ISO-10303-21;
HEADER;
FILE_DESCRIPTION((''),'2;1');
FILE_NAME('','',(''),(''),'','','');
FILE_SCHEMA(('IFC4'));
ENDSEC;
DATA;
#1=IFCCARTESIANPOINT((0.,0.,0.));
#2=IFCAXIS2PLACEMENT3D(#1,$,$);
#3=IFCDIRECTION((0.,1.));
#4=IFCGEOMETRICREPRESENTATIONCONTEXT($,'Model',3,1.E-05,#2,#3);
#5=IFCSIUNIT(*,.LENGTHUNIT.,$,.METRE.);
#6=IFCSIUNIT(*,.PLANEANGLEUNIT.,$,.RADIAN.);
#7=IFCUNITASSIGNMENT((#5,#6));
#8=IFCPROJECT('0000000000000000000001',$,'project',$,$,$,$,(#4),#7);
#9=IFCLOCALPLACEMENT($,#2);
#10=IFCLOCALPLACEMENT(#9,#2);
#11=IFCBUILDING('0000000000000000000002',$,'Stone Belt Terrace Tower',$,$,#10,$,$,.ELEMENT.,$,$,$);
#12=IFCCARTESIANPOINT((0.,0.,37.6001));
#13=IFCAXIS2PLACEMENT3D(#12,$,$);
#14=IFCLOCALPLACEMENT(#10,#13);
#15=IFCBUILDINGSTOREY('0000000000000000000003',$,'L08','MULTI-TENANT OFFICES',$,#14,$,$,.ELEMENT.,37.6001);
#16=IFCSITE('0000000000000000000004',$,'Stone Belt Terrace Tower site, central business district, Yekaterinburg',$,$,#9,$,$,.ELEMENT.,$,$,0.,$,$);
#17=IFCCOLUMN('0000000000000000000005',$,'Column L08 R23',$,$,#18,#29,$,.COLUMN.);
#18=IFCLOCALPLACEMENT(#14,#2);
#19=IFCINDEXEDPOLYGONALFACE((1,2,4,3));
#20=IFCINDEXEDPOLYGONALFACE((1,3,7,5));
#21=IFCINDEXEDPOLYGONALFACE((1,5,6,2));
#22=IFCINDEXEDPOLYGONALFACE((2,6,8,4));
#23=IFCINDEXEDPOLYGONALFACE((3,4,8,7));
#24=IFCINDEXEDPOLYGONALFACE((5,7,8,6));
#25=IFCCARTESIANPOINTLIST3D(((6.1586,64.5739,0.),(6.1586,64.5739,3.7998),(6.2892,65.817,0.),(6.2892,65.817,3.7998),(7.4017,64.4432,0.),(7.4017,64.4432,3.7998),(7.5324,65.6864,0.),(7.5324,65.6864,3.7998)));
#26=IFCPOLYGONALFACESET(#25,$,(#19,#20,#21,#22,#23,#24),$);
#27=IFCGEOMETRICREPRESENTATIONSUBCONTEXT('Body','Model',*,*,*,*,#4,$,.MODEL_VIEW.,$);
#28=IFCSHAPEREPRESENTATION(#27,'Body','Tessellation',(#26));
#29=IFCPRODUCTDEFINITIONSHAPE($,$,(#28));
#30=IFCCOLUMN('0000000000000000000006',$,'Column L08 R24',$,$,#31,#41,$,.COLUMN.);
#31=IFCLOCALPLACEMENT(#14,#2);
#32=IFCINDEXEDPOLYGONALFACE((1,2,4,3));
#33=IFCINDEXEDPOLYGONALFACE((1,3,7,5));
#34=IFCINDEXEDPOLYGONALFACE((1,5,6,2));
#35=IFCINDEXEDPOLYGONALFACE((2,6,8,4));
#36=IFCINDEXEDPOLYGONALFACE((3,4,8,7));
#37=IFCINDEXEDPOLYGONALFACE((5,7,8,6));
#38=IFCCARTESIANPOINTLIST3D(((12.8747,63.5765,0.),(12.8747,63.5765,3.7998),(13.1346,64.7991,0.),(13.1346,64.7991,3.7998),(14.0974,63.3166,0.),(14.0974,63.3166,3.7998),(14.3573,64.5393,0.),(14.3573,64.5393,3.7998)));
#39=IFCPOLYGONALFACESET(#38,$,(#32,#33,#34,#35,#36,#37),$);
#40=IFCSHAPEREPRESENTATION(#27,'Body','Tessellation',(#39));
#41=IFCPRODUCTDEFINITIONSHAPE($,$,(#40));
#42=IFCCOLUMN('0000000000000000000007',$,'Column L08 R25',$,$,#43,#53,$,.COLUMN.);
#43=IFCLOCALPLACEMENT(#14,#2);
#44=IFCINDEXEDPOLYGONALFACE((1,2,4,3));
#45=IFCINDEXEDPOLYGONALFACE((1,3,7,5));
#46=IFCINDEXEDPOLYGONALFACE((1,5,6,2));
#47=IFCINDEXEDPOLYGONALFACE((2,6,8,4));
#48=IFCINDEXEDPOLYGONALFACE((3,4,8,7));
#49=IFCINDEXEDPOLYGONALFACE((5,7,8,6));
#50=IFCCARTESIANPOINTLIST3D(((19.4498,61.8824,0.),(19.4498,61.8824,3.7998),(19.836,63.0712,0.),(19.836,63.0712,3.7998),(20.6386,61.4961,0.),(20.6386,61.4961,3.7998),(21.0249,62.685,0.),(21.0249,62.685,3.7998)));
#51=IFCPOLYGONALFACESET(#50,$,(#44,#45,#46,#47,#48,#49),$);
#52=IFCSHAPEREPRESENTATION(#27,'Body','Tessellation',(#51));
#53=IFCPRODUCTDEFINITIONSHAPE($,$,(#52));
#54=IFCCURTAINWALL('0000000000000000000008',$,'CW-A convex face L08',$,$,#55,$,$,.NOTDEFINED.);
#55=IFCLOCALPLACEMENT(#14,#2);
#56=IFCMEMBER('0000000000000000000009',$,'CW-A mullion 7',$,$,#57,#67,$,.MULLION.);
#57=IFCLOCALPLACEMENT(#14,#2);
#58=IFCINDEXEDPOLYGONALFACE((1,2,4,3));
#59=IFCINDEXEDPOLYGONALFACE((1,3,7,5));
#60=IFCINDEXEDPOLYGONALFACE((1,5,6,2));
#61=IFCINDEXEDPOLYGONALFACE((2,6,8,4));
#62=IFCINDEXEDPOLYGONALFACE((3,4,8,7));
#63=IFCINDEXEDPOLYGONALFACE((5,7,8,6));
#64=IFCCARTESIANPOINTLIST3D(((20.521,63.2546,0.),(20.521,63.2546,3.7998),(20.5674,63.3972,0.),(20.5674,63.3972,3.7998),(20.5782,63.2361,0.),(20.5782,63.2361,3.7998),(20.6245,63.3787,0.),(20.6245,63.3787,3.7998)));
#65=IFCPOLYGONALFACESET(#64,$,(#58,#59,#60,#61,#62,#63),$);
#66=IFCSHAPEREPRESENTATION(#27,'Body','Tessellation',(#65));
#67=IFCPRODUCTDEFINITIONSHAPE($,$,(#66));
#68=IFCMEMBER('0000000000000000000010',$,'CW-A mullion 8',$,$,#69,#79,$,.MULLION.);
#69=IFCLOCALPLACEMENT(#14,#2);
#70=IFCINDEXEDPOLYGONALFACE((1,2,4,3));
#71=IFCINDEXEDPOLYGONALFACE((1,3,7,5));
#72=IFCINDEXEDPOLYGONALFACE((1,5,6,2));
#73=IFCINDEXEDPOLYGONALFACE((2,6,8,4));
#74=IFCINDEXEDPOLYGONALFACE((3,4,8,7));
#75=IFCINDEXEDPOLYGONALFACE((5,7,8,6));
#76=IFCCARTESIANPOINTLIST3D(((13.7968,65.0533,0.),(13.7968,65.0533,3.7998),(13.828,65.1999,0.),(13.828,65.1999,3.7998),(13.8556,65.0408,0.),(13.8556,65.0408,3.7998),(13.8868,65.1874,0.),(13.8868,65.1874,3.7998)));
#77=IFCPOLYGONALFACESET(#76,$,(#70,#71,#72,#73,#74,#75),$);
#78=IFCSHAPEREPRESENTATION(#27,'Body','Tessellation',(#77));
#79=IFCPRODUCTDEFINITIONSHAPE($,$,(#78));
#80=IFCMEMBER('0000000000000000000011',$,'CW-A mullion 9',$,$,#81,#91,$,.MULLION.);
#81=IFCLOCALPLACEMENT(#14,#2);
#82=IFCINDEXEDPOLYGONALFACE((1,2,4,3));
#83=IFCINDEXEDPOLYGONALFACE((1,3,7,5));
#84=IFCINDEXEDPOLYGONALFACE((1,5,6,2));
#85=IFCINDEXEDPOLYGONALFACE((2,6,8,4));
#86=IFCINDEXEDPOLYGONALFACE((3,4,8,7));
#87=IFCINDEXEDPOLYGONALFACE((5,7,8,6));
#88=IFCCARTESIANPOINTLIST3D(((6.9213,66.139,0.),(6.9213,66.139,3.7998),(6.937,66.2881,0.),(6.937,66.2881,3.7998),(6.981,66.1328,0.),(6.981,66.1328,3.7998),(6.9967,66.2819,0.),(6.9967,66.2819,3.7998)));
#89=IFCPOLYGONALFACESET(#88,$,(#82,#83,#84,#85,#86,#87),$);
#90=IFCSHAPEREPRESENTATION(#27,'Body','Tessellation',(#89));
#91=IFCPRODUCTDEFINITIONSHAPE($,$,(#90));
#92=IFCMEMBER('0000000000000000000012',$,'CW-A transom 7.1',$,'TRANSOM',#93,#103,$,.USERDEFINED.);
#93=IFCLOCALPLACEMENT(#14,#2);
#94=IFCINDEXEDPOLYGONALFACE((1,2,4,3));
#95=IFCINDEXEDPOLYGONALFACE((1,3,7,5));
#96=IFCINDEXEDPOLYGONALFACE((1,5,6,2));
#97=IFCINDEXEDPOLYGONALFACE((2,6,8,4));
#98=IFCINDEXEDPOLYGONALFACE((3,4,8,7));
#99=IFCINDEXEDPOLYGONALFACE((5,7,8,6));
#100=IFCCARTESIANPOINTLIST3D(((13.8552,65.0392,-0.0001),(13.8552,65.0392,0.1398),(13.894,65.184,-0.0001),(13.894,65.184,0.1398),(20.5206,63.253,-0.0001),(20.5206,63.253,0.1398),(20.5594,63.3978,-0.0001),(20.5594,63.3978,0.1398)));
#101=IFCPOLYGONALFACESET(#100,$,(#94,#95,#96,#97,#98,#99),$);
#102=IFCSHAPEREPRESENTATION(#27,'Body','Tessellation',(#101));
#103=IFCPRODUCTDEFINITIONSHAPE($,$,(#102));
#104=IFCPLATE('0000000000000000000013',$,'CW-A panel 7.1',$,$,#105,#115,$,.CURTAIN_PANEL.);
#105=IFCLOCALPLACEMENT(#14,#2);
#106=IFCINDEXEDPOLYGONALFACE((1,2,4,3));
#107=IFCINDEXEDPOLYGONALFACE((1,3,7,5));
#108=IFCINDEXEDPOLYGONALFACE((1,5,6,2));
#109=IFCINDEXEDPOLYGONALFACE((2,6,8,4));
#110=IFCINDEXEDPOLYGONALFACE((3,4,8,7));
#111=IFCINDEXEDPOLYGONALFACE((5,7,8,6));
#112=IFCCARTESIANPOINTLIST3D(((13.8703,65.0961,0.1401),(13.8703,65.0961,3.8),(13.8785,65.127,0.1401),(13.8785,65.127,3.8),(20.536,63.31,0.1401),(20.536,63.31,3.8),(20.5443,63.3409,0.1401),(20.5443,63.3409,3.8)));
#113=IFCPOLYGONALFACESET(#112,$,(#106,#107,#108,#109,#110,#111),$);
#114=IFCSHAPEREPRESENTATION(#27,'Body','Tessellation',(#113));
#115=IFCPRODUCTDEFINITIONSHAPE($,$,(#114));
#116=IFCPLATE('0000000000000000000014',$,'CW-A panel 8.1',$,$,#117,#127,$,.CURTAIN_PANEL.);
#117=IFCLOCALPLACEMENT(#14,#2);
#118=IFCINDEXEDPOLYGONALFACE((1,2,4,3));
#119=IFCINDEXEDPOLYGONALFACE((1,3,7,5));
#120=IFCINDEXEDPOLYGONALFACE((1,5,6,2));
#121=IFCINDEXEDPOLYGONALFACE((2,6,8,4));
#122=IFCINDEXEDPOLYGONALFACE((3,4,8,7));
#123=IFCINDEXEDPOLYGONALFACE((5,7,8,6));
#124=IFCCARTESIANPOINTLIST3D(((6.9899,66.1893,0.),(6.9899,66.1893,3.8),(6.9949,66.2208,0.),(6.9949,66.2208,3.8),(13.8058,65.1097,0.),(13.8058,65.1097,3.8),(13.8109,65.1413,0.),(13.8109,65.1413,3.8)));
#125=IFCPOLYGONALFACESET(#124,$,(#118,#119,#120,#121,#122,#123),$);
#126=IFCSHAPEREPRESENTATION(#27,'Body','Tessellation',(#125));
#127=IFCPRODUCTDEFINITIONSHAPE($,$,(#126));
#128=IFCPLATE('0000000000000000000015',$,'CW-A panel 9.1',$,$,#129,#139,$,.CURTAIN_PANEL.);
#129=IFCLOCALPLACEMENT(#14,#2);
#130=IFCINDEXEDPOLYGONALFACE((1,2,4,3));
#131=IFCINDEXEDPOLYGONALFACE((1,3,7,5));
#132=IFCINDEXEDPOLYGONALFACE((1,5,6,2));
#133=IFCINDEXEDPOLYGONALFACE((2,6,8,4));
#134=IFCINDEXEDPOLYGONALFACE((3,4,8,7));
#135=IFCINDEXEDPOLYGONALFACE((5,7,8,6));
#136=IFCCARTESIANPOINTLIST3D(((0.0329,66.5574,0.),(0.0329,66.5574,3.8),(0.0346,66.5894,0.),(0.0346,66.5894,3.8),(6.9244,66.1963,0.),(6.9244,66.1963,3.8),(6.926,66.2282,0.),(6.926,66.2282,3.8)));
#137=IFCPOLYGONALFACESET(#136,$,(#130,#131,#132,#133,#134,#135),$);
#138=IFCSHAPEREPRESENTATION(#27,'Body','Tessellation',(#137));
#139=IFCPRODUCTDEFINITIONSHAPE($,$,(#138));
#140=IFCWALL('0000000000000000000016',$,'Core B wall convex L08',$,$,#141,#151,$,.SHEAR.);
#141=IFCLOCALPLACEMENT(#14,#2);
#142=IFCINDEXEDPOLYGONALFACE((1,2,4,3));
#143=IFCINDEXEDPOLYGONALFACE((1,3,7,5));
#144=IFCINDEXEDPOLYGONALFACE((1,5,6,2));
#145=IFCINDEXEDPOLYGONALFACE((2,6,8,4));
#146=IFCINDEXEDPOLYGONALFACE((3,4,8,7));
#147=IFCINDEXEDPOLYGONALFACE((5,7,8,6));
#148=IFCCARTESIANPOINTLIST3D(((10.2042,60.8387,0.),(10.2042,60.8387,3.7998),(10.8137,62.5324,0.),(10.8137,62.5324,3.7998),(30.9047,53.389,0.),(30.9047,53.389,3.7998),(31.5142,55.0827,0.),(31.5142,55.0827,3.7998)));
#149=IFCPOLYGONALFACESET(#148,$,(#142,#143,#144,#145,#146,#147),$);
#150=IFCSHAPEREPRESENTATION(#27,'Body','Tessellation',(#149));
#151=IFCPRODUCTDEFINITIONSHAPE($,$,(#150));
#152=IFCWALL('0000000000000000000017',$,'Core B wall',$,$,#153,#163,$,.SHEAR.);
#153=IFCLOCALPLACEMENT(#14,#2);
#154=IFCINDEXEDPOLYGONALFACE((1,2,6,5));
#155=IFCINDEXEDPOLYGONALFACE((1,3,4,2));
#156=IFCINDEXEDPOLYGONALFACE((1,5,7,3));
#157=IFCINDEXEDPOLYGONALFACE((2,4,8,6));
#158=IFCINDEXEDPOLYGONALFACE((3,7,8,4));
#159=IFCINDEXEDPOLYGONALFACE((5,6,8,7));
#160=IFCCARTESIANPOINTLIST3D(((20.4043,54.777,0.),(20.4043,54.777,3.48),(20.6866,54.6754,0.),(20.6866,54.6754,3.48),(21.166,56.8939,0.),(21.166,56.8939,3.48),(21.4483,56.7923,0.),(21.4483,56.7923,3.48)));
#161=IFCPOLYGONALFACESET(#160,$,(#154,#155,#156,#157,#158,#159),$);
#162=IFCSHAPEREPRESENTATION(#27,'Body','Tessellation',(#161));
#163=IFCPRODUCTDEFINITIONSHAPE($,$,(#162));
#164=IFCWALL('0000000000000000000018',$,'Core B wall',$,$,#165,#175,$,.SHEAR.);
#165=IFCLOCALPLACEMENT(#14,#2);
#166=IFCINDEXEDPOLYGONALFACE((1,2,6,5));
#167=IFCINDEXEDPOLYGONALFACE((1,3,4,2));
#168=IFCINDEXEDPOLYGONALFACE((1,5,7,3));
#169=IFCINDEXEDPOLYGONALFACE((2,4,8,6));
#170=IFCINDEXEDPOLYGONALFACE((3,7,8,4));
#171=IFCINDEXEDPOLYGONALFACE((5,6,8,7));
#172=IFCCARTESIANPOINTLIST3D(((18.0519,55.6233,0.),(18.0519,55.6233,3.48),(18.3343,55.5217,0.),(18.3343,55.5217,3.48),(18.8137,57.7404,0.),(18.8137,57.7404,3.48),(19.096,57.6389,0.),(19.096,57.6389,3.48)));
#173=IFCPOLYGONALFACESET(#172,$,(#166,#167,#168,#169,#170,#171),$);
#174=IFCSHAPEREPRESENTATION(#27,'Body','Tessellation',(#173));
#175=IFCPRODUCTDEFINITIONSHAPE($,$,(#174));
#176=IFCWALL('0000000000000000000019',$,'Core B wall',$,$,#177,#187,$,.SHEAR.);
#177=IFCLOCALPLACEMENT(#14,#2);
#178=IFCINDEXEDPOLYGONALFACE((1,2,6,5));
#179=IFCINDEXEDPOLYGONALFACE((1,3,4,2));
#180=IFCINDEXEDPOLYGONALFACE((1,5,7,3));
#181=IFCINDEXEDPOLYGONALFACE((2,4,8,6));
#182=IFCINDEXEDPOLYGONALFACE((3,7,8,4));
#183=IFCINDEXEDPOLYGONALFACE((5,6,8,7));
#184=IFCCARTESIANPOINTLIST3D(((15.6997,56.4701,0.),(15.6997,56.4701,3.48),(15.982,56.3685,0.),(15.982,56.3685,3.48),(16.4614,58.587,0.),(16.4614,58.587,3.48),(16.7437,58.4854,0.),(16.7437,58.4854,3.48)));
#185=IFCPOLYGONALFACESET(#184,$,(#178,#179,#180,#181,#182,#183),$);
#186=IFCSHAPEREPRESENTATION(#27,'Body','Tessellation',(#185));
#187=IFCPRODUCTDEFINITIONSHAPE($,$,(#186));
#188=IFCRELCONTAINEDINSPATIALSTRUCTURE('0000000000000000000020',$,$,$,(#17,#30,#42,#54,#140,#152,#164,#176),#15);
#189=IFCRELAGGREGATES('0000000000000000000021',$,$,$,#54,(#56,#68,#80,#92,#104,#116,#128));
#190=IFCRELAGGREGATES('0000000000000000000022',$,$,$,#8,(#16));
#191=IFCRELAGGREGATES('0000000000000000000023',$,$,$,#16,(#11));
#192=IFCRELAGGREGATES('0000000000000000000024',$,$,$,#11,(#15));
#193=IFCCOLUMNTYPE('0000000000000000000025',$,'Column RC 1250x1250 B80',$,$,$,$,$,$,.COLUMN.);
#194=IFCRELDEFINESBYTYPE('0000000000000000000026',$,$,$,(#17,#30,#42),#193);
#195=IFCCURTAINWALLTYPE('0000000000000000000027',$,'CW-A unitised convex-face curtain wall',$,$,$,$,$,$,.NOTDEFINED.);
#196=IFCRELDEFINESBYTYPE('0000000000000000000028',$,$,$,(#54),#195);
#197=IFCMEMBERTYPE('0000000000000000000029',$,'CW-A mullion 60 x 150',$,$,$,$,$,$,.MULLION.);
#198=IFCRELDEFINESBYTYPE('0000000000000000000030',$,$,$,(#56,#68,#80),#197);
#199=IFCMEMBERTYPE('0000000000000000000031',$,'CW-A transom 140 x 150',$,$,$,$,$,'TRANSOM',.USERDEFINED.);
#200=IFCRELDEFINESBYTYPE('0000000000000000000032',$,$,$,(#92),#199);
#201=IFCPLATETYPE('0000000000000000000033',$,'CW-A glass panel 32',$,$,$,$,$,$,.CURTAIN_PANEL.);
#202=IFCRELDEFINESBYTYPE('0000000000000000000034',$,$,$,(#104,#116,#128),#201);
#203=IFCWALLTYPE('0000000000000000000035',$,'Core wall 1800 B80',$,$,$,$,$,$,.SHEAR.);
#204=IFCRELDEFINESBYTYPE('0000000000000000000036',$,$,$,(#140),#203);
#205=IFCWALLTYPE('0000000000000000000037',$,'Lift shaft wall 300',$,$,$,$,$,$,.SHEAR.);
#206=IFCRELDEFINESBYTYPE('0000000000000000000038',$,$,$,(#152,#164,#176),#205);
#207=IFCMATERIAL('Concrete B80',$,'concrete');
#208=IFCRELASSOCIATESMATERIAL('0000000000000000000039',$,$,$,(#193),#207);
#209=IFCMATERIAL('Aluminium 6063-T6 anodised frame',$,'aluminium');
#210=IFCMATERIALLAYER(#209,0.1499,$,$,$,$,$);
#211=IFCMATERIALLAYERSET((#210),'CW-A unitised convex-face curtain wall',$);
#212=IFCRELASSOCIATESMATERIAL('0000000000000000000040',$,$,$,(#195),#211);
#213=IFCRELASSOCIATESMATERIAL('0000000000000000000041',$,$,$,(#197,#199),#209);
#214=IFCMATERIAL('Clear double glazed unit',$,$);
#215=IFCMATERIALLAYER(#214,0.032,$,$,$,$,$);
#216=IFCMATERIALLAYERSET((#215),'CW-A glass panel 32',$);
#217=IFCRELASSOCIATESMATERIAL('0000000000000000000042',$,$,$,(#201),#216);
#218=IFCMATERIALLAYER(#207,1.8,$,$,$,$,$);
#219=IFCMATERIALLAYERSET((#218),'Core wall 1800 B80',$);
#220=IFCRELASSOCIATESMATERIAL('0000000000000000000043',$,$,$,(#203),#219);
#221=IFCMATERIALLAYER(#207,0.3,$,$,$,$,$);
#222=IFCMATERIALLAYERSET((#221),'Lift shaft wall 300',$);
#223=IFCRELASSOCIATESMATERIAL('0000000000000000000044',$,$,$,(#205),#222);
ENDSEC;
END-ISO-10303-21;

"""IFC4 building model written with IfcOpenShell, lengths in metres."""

from ifc_helpers import new_model, si_unit, direction, frame, frame_2d, origin, origin_2d, place, context, subcontext, project, spatial, rectangle, extrude, material, layer, layer_set, material_profile, profile_set, type_object, element, aggregate, save


model = new_model("IFC4")

# Units and contexts
model_context = context("Model", 3, precision=1e-05, world=origin(), true_north=direction((0.0, 1.0)))
body_context = subcontext(model_context, "Body", "Model", "MODEL_VIEW")
ifc_project = project(units=[si_unit("LENGTHUNIT", "METRE"), si_unit("PLANEANGLEUNIT", "RADIAN")], contexts=[model_context])

# Site, building, storey
site_placement = place(None, origin())
site = spatial("IfcSite", under=ifc_project, at=site_placement, Name="Stone Belt Terrace Tower site, central business district, Yekaterinburg", CompositionType="ELEMENT", RefElevation=0.0)
building_placement = place(site_placement, origin())
building = spatial("IfcBuilding", under=site, at=building_placement, Name="Stone Belt Terrace Tower", CompositionType="ELEMENT")
storey_placement = place(building_placement, frame((0.0, 0.0, 37.6001)))
storey = spatial("IfcBuildingStorey", under=building, at=storey_placement, Name="L08", Description="MULTI-TENANT OFFICES", CompositionType="ELEMENT", Elevation=37.6001)

# Columns
ifc_material_1 = material(Name="Concrete B80", Category="concrete")
ifc_material_profile_1 = material_profile(ifc_material_1, rectangle(XDim=1.25, YDim=1.25, at=origin_2d()), Name="RC 1250x1250")
ifc_profile_set_1 = profile_set([ifc_material_profile_1], Name="Concrete B80")
column_type = type_object("IfcColumnType", Name="Column RC 1250x1250 B80", PredefinedType="COLUMN", material=ifc_profile_set_1)
for number, where, z_axis, x_axis, name in (
    (1, (6.8455, 65.1301, 0.0), (0.0, 0.0, 1.0), (0.994522, -0.104528, 0.0), "Column L08 R23"),
    (2, (13.616, 64.0579, 0.0), (0.0, 0.0, 1.0), (0.978148, -0.207912, 0.0), "Column L08 R24"),
    (3, (20.2373, 62.2837, 0.0), (0.0, 0.0, 1.0), (0.951057, -0.309017, 0.0), "Column L08 R25"),
):
    element("IfcColumn", number, at=place(storey_placement, frame(where, z_axis=z_axis, x_axis=x_axis)), inside=storey, type_object=column_type, Name=name, PredefinedType="COLUMN", context=body_context, shape_type="SweptSolid", body=[
        extrude(rectangle(XDim=1.25, YDim=1.25, at=origin_2d()), origin(), (0.0, 0.0, 1.0), 3.7998),
    ])

# Curtain wall, members, plates
ifc_material_2 = material(Name="Aluminium 6063-T6 anodised frame", Category="aluminium")
ifc_layer_1 = layer(ifc_material_2, 0.1499)
ifc_layer_set_1 = layer_set([ifc_layer_1], Name="CW-A unitised convex-face curtain wall")
curtain_wall_type = type_object("IfcCurtainWallType", Name="CW-A unitised convex-face curtain wall", PredefinedType="NOTDEFINED", material=ifc_layer_set_1)
curtain_wall_placement = place(storey_placement, origin())
curtain_wall = element("IfcCurtainWall", 4, at=curtain_wall_placement, inside=storey, type_object=curtain_wall_type, Name="CW-A convex face L08", PredefinedType="NOTDEFINED")
ifc_material_profile_2 = material_profile(ifc_material_2, rectangle(XDim=0.1499, YDim=0.0601, at=origin_2d()), Name="Aluminium 6063-T6 60x150")
ifc_profile_set_2 = profile_set([ifc_material_profile_2], Name="Aluminium 6063-T6 anodised frame")
member_type_1 = type_object("IfcMemberType", Name="CW-A mullion 60 x 150", PredefinedType="MULLION", material=ifc_profile_set_2)
member_1_placement = place(storey_placement, frame((20.5728, 63.3167, 0.0), z_axis=(0.0, 0.0, 1.0), x_axis=(-0.309017, -0.951057, 0.0)))
member_1 = element("IfcMember", 5, at=member_1_placement, type_object=member_type_1, Name="CW-A mullion 7", PredefinedType="MULLION", context=body_context, shape_type="SweptSolid", body=[
    extrude(rectangle(XDim=0.1499, YDim=0.0601, at=origin_2d()), origin(), (0.0, 0.0, 1.0), 3.7998),
])
member_2_placement = place(storey_placement, frame((13.8418, 65.1204, 0.0), z_axis=(0.0, 0.0, 1.0), x_axis=(-0.207912, -0.978148, 0.0)))
member_2 = element("IfcMember", 6, at=member_2_placement, type_object=member_type_1, Name="CW-A mullion 8", PredefinedType="MULLION", context=body_context, shape_type="SweptSolid", body=[
    extrude(rectangle(XDim=0.1499, YDim=0.0601, at=origin_2d()), origin(), (0.0, 0.0, 1.0), 3.7998),
])
member_3_placement = place(storey_placement, frame((6.959, 66.2104, 0.0), z_axis=(0.0, 0.0, 1.0), x_axis=(-0.104528, -0.994522, 0.0)))
member_3 = element("IfcMember", 7, at=member_3_placement, type_object=member_type_1, Name="CW-A mullion 9", PredefinedType="MULLION", context=body_context, shape_type="SweptSolid", body=[
    extrude(rectangle(XDim=0.1499, YDim=0.0601, at=origin_2d()), origin(), (0.0, 0.0, 1.0), 3.7998),
])
ifc_material_profile_3 = material_profile(ifc_material_2, rectangle(XDim=0.1499, YDim=0.1399, at=origin_2d()), Name="Aluminium 6063-T6 150x140")
ifc_profile_set_3 = profile_set([ifc_material_profile_3], Name="Aluminium 6063-T6 anodised frame")
member_type_2 = type_object("IfcMemberType", Name="CW-A transom 140 x 150", ElementType="TRANSOM", PredefinedType="USERDEFINED", material=ifc_profile_set_3)
member_4_placement = place(storey_placement, frame((20.54, 63.3254, 0.0698), z_axis=(-0.965922, 0.258834, 0.0), x_axis=(-0.258834, -0.965922, 0.0)))
member_4 = element("IfcMember", 8, at=member_4_placement, type_object=member_type_2, Name="CW-A transom 7.1", ObjectType="TRANSOM", PredefinedType="USERDEFINED", context=body_context, shape_type="SweptSolid", body=[
    extrude(rectangle(XDim=0.1499, YDim=0.1399, at=origin_2d()), origin(), (0.0, 0.0, 1.0), 6.9006),
])
ifc_material_3 = material(Name="Clear double glazed unit")
ifc_layer_2 = layer(ifc_material_3, 0.032)
ifc_layer_set_2 = layer_set([ifc_layer_2], Name="CW-A glass panel 32")
plate_type = type_object("IfcPlateType", Name="CW-A glass panel 32", PredefinedType="CURTAIN_PANEL", material=ifc_layer_set_2)
plate_1_placement = place(storey_placement, frame((17.2073, 64.2185, 0.1401), z_axis=(0.0, 0.0, 1.0), x_axis=(-0.965926, 0.258819, 0.0)))
plate_1 = element("IfcPlate", 9, at=plate_1_placement, type_object=plate_type, Name="CW-A panel 7.1", PredefinedType="CURTAIN_PANEL", context=body_context, shape_type="SweptSolid", body=[
    extrude(rectangle(XDim=6.9009, YDim=0.032, at=origin_2d()), origin(), (0.0, 0.0, 1.0), 3.6599),
])
plate_2_placement = place(storey_placement, frame((10.4004, 65.6653, 0.0), z_axis=(0.0, 0.0, 1.0), x_axis=(-0.987688, 0.156434, 0.0)))
plate_2 = element("IfcPlate", 10, at=plate_2_placement, type_object=plate_type, Name="CW-A panel 8.1", PredefinedType="CURTAIN_PANEL", context=body_context, shape_type="SweptSolid", body=[
    extrude(rectangle(XDim=6.9009, YDim=0.032, at=origin_2d()), origin(), (0.0, 0.0, 1.0), 3.8),
])
plate_3_placement = place(storey_placement, frame((3.4795, 66.3928, 0.0), z_axis=(0.0, 0.0, 1.0), x_axis=(-0.99863, 0.052336, 0.0)))
plate_3 = element("IfcPlate", 11, at=plate_3_placement, type_object=plate_type, Name="CW-A panel 9.1", PredefinedType="CURTAIN_PANEL", context=body_context, shape_type="SweptSolid", body=[
    extrude(rectangle(XDim=6.9009, YDim=0.032, at=origin_2d()), origin(), (0.0, 0.0, 1.0), 3.8),
])
aggregate(curtain_wall, [member_1, member_2, member_3, member_4, plate_1, plate_2, plate_3])

# Walls
ifc_layer_3 = layer(ifc_material_1, 1.8)
ifc_layer_set_3 = layer_set([ifc_layer_3], Name="Core wall 1800 B80")
wall_type_1 = type_object("IfcWallType", Name="Core wall 1800 B80", PredefinedType="SHEAR", material=ifc_layer_set_3)
wall_1_placement = place(storey_placement, frame((10.509, 61.6855, 0.0), z_axis=(0.0, 0.0, 1.0), x_axis=(0.940923, -0.338621, 0.0)))
element("IfcWall", 12, at=wall_1_placement, inside=storey, type_object=wall_type_1, Name="Core B wall convex L08", PredefinedType="SHEAR", context=body_context, shape_type="SweptSolid", body=[
    extrude(rectangle(XDim=22.0002, YDim=1.8, at=frame_2d((11.0, 0.0))), origin(), (0.0, 0.0, 1.0), 3.7998),
])
ifc_layer_4 = layer(ifc_material_1, 0.3)
ifc_layer_set_4 = layer_set([ifc_layer_4], Name="Lift shaft wall 300")
wall_type_2 = type_object("IfcWallType", Name="Lift shaft wall 300", PredefinedType="SHEAR", material=ifc_layer_set_4)
wall_2_placement = place(storey_placement, frame((20.5454, 54.7261, 0.0), z_axis=(0.0, 0.0, 1.0), x_axis=(0.33857, 0.940941, 0.0)))
element("IfcWall", 13, at=wall_2_placement, inside=storey, type_object=wall_type_2, Name="Core B wall", PredefinedType="SHEAR", context=body_context, shape_type="SweptSolid", body=[
    extrude(rectangle(XDim=2.2498, YDim=0.3, at=frame_2d((1.125, 0.0))), origin(), (0.0, 0.0, 1.0), 3.48),
])
wall_3_placement = place(storey_placement, frame((18.1931, 55.5725, 0.0), z_axis=(0.0, 0.0, 1.0), x_axis=(0.338535, 0.940954, 0.0)))
element("IfcWall", 14, at=wall_3_placement, inside=storey, type_object=wall_type_2, Name="Core B wall", PredefinedType="SHEAR", context=body_context, shape_type="SweptSolid", body=[
    extrude(rectangle(XDim=2.25, YDim=0.3, at=frame_2d((1.125, 0.0))), origin(), (0.0, 0.0, 1.0), 3.48),
])
wall_4_placement = place(storey_placement, frame((15.8408, 56.4192, 0.0), z_axis=(0.0, 0.0, 1.0), x_axis=(0.33857, 0.940941, 0.0)))
element("IfcWall", 15, at=wall_4_placement, inside=storey, type_object=wall_type_2, Name="Core B wall", PredefinedType="SHEAR", context=body_context, shape_type="SweptSolid", body=[
    extrude(rectangle(XDim=2.2498, YDim=0.3, at=frame_2d((1.125, 0.0))), origin(), (0.0, 0.0, 1.0), 3.48),
])

save(model, "model.ifc")
